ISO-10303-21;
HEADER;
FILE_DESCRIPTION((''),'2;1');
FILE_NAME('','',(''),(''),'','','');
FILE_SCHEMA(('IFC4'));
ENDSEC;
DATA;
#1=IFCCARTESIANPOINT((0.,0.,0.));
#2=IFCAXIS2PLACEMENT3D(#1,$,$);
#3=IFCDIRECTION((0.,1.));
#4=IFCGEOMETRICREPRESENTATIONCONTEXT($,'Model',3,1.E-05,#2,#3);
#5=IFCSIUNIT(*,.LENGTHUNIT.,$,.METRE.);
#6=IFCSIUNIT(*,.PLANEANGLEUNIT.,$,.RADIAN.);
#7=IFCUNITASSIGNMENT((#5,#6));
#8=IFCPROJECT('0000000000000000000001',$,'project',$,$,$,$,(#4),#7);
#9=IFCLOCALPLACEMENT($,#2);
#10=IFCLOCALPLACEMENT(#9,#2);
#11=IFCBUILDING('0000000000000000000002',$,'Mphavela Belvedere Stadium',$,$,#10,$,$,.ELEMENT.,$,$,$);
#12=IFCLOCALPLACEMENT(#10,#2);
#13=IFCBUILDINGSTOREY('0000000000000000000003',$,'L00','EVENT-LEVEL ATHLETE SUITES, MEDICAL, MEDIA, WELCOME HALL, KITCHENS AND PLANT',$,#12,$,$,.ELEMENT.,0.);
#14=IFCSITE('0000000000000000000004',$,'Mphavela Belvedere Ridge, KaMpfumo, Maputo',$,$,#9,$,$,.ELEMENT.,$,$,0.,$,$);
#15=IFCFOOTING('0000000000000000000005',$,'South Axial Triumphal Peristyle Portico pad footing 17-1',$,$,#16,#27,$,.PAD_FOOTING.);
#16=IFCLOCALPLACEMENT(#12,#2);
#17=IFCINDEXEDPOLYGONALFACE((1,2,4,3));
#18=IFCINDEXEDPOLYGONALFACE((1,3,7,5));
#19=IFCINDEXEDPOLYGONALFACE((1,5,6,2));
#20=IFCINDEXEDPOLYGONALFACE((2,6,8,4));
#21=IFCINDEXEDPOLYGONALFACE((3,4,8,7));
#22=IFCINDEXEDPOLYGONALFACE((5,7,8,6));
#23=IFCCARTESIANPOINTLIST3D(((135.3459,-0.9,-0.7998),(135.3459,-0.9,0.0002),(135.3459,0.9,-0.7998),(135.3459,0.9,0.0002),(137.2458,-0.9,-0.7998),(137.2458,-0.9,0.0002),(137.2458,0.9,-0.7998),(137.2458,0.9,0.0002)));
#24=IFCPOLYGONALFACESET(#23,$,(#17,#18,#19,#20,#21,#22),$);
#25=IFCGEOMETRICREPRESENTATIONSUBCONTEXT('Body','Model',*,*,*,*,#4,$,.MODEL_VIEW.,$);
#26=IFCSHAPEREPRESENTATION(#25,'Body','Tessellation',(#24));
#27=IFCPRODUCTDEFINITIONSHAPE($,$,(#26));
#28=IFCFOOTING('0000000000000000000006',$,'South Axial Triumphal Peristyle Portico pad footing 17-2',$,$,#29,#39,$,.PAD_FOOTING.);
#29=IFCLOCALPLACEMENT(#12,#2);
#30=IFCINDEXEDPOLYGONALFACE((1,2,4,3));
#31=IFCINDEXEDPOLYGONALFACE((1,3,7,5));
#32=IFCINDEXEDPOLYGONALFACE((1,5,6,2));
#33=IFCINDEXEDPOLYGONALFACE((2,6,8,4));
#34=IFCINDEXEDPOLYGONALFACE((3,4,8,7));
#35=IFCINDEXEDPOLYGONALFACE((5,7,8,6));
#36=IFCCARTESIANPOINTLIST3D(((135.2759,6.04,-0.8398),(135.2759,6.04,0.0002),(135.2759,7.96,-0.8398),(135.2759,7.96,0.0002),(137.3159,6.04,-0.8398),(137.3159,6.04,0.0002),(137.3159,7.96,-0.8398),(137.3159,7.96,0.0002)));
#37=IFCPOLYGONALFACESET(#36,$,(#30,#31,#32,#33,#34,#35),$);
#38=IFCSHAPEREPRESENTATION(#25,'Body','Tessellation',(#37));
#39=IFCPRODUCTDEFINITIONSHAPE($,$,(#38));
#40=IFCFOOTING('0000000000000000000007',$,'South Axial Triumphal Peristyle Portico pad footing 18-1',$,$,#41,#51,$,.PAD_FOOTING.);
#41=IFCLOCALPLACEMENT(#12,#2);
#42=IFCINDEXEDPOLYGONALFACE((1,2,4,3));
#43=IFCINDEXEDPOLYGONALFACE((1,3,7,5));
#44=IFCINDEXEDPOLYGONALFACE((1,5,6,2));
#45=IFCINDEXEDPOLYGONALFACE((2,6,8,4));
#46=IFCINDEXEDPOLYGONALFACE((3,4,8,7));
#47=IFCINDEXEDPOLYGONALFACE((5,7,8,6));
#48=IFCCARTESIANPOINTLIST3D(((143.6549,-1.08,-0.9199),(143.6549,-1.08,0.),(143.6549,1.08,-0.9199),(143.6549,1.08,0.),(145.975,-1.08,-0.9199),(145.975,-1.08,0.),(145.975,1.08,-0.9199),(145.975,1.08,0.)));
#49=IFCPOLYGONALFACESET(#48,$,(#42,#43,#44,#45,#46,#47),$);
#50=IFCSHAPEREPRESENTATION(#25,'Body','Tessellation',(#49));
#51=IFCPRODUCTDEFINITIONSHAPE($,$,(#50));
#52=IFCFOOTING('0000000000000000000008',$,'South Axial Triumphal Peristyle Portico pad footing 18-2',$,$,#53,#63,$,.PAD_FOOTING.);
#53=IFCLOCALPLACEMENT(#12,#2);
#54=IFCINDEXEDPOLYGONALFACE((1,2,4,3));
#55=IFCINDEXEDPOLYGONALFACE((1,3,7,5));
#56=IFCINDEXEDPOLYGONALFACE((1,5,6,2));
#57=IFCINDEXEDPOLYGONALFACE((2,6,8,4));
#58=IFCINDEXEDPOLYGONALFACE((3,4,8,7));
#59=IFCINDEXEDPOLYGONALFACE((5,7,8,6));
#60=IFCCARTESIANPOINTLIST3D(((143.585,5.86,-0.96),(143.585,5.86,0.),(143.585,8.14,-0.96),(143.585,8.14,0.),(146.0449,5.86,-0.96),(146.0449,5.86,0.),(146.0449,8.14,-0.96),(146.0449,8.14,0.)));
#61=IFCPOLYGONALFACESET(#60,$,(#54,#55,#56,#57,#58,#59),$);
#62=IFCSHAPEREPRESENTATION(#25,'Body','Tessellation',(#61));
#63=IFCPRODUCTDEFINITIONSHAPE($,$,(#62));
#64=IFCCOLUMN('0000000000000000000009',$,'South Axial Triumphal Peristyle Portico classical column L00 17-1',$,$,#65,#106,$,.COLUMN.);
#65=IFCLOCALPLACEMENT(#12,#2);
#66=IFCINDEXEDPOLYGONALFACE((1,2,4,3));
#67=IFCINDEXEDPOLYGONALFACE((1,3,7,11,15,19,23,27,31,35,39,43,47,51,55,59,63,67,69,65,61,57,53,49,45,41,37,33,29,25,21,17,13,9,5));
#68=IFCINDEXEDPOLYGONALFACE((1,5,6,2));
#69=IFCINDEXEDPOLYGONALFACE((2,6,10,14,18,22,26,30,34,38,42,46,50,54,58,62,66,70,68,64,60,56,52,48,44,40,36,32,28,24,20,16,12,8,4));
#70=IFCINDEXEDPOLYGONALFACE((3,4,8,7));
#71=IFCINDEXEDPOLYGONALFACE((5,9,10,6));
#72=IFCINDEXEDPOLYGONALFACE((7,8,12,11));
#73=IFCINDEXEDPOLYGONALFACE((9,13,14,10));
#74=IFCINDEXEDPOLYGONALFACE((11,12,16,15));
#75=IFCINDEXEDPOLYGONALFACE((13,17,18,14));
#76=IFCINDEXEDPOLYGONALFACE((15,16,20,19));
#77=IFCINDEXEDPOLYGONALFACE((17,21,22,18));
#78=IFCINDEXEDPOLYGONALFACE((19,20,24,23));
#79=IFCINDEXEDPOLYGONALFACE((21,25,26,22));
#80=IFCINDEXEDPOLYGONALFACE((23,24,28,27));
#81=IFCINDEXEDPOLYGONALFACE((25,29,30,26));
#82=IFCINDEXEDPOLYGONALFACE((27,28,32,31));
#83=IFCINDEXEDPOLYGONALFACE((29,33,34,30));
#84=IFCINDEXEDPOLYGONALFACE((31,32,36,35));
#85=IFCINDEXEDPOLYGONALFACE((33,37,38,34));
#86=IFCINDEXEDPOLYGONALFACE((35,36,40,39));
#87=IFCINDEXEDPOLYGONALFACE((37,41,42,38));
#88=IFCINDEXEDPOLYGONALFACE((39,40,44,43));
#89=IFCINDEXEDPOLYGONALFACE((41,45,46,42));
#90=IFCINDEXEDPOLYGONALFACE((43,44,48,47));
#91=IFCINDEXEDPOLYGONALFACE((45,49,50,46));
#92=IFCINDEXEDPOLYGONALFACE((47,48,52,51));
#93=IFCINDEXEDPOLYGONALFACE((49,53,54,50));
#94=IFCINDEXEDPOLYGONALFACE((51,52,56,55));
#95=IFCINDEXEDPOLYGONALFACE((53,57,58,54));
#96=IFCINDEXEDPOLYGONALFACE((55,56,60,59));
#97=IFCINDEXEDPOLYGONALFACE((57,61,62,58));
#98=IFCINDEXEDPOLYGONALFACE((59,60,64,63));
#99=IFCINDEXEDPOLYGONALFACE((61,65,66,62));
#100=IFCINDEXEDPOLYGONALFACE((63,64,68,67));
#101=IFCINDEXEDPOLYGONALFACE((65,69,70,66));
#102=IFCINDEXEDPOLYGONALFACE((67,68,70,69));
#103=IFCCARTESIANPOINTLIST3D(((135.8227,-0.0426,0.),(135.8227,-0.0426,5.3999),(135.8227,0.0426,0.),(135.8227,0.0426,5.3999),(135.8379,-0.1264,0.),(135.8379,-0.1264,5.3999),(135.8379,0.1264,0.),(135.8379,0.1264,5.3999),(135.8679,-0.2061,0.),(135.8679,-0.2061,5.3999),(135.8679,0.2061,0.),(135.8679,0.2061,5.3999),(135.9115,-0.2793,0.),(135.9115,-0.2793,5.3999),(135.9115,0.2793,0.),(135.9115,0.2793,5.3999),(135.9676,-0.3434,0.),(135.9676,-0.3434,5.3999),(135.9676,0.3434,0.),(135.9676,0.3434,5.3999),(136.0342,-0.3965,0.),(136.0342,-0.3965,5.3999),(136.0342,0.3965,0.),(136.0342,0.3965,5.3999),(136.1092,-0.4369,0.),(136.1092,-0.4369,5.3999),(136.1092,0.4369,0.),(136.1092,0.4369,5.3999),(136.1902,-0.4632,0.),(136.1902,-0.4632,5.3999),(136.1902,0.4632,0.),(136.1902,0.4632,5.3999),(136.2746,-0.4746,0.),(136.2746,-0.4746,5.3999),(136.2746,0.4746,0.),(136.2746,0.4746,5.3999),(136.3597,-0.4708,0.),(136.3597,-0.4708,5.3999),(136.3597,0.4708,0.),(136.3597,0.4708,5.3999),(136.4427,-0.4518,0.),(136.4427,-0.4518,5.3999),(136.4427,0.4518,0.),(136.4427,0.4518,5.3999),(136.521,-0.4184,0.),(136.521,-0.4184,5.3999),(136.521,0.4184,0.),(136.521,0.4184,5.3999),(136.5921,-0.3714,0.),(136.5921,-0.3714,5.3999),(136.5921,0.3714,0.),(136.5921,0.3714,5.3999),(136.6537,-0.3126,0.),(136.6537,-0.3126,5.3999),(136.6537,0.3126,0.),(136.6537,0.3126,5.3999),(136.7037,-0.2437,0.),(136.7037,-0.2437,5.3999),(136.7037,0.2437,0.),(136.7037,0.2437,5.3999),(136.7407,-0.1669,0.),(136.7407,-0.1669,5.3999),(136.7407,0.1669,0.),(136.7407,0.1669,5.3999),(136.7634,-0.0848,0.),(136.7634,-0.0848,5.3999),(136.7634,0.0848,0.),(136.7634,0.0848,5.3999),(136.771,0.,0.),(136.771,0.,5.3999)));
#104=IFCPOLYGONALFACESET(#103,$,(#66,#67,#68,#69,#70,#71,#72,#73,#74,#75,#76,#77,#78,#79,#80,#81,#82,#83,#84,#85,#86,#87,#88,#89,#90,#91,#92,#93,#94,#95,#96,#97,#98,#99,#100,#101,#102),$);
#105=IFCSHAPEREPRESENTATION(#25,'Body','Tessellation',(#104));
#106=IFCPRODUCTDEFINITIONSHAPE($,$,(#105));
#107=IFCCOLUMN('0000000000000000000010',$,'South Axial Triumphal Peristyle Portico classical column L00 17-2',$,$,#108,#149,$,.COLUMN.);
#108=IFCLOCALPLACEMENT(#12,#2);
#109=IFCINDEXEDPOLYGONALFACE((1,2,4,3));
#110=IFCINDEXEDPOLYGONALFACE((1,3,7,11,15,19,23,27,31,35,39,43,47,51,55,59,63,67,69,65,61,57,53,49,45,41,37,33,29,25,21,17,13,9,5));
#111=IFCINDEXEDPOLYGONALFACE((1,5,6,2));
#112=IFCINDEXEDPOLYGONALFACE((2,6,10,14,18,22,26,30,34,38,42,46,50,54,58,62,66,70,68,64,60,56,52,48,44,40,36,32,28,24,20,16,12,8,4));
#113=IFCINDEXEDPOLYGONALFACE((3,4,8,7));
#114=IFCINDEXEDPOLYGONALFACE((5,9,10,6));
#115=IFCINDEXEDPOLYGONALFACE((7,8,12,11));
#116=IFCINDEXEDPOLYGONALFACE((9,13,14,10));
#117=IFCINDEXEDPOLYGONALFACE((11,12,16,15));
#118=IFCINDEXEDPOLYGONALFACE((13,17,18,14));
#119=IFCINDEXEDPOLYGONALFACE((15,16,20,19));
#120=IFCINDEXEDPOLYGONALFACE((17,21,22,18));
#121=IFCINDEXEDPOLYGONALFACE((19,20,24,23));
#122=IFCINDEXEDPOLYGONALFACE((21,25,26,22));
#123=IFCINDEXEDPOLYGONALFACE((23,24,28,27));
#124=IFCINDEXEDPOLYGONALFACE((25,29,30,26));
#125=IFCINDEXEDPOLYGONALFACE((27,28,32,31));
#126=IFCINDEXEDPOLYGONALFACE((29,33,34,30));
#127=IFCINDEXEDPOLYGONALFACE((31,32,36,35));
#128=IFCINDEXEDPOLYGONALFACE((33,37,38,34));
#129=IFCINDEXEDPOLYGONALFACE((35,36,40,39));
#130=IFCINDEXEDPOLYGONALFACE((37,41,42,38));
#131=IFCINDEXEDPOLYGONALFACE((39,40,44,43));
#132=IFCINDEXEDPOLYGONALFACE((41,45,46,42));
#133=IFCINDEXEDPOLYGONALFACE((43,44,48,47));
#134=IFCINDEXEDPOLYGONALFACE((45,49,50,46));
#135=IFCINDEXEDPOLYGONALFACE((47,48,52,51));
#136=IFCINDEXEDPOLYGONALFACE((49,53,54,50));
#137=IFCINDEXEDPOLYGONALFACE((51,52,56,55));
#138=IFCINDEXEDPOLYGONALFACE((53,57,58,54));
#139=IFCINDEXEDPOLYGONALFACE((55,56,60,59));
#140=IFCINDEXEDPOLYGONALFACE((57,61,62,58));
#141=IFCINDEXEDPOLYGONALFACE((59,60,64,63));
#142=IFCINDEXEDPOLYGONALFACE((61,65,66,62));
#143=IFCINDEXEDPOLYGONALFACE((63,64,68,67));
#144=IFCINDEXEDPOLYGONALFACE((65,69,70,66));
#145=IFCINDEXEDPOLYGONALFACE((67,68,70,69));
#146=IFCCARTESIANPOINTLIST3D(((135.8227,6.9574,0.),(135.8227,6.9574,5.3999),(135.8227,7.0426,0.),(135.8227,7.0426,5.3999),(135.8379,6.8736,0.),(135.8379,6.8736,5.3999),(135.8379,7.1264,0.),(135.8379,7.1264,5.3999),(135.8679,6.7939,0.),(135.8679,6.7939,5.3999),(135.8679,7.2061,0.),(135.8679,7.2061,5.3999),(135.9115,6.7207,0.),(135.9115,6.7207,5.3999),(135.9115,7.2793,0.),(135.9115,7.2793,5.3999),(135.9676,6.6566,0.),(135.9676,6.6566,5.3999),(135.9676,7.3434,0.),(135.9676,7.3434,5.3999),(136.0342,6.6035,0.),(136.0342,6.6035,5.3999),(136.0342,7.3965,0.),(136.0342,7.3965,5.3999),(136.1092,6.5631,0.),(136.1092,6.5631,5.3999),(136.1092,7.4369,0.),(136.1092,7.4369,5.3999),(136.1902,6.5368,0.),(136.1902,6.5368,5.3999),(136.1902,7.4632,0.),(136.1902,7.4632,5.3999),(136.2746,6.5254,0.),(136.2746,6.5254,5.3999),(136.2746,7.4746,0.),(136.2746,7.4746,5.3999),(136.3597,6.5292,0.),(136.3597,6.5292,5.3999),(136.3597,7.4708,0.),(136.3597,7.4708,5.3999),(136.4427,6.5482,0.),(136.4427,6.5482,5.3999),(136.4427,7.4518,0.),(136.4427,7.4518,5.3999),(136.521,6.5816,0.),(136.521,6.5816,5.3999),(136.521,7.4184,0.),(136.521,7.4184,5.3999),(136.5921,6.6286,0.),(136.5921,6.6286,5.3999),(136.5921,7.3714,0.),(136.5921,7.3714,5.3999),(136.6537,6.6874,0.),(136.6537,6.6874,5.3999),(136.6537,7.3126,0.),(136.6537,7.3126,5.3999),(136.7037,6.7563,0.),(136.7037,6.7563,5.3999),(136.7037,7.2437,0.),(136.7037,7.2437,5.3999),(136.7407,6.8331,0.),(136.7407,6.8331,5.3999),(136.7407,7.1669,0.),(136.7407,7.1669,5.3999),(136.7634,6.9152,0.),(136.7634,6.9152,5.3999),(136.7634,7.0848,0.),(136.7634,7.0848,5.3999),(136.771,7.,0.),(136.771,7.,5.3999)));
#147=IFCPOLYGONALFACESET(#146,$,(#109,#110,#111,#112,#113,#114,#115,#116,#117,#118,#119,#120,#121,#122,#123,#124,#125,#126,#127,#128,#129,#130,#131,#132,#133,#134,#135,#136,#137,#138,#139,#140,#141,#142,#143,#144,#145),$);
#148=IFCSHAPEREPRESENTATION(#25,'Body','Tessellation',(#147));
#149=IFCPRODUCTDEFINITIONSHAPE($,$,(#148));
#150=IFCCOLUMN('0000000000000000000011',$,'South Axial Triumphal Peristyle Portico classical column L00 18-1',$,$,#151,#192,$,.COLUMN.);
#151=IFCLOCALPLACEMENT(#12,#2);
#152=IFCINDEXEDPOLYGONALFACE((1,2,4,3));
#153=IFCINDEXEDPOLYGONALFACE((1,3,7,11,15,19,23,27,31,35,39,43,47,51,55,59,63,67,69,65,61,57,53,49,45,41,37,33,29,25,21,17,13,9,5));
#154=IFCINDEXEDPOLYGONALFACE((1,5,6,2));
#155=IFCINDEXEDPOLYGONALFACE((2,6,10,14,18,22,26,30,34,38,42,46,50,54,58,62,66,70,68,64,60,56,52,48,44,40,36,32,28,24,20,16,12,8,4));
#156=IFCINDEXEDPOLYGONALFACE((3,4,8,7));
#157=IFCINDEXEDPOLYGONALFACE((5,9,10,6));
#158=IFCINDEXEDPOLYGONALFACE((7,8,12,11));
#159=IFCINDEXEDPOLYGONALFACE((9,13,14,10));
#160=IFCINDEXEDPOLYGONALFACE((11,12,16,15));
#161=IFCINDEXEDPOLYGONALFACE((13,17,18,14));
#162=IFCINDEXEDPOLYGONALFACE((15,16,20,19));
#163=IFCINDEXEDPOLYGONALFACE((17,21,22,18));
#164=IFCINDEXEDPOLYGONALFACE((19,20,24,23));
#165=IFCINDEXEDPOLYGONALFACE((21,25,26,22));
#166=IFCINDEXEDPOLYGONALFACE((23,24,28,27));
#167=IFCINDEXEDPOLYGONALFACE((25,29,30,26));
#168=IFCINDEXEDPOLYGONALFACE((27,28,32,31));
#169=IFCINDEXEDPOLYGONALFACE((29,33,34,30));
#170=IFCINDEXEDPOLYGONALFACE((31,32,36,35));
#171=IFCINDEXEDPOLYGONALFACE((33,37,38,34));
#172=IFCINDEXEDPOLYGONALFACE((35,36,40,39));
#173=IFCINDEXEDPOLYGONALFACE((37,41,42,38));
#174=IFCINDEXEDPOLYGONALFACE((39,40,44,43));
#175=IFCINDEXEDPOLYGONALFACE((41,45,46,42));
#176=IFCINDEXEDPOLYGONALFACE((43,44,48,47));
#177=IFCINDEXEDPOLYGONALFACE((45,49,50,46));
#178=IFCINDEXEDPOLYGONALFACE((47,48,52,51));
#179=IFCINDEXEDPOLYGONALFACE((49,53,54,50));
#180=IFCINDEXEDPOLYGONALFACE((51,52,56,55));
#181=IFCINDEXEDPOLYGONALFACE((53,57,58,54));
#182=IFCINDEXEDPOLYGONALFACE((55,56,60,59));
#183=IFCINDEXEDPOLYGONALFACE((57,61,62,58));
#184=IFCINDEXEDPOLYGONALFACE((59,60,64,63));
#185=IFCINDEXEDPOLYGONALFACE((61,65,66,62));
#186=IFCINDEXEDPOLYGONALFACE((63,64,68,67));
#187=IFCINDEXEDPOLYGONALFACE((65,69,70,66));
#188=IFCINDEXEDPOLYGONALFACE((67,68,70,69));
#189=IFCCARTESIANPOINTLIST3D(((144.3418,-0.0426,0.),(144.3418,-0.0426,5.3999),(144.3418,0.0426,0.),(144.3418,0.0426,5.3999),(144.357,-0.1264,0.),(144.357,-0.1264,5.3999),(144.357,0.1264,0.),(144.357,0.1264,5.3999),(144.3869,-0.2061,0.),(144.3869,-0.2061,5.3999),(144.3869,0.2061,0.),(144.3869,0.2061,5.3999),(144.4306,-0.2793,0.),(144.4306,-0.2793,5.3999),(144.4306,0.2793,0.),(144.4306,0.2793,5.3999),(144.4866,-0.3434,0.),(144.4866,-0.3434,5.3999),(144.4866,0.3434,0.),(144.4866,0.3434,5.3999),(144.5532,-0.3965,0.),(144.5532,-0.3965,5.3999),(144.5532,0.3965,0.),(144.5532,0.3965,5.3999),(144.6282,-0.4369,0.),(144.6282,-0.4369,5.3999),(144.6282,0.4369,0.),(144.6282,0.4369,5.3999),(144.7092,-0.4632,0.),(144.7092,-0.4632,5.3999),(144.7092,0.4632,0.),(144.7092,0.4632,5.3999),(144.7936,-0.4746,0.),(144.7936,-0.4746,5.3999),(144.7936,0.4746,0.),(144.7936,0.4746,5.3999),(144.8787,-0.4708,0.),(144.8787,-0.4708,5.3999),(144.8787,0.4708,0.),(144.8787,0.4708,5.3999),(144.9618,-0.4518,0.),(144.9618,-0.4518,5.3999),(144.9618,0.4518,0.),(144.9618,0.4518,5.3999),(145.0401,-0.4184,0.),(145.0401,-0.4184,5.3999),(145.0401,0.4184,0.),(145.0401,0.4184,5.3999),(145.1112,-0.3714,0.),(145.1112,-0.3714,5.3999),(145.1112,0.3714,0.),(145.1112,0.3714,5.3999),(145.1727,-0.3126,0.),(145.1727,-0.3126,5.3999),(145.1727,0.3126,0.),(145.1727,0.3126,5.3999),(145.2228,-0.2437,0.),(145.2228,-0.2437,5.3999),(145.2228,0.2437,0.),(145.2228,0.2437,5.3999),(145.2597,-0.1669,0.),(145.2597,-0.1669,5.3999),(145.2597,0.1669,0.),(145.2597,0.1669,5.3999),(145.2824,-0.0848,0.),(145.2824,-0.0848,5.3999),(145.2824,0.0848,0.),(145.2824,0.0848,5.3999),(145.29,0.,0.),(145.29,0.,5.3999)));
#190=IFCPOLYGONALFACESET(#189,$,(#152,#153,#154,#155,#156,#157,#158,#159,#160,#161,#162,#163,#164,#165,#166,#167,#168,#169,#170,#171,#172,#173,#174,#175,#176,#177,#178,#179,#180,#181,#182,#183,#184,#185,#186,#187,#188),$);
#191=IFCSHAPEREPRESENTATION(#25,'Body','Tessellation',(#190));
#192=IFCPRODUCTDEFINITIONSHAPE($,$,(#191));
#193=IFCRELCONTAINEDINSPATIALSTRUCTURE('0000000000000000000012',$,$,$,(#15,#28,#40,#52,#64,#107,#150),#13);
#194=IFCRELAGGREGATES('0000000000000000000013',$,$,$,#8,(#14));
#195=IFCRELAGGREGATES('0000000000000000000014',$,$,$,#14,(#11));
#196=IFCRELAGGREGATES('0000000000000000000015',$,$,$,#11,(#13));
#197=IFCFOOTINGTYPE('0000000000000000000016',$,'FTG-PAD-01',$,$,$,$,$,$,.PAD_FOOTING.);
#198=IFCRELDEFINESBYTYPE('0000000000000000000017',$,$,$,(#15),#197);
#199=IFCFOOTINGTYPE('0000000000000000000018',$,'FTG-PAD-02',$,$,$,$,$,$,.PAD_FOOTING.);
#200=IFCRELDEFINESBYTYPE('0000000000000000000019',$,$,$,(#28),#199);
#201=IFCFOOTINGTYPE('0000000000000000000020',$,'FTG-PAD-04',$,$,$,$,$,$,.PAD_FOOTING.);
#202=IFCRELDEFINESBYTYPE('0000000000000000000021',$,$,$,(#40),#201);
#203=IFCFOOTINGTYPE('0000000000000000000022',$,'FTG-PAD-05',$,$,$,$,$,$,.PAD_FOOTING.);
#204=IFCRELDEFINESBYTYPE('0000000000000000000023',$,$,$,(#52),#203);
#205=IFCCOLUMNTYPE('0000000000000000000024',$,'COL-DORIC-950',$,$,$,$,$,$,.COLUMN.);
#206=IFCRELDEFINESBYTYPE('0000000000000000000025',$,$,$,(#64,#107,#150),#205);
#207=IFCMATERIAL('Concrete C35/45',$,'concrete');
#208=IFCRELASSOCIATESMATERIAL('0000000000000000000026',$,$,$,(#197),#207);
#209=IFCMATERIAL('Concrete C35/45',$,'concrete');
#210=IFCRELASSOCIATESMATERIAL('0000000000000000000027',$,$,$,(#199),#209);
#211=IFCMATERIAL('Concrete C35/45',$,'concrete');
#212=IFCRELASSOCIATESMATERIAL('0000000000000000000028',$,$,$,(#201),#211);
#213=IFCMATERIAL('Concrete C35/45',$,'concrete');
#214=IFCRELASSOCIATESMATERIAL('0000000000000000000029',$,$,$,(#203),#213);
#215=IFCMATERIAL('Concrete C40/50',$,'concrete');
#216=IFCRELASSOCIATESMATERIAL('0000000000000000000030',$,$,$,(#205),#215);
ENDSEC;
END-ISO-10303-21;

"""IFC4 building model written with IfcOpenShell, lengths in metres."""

from ifc_helpers import new_model, si_unit, direction, frame, origin, origin_2d, place, context, subcontext, project, spatial, rectangle, circle, extrude, material, material_profile, profile_set, type_object, element, save


model = new_model("IFC4")

# Units and contexts
model_context = context("Model", 3, precision=1e-05, world=origin(), true_north=direction((0.0, 1.0)))
body_context = subcontext(model_context, "Body", "Model", "MODEL_VIEW")
ifc_project = project(units=[si_unit("LENGTHUNIT", "METRE"), si_unit("PLANEANGLEUNIT", "RADIAN")], contexts=[model_context])

# Site, building, storey
site_placement = place(None, origin())
site = spatial("IfcSite", under=ifc_project, at=site_placement, Name="Mphavela Belvedere Ridge, KaMpfumo, Maputo", CompositionType="ELEMENT", RefElevation=0.0)
building_placement = place(site_placement, origin())
building = spatial("IfcBuilding", under=site, at=building_placement, Name="Mphavela Belvedere Stadium", CompositionType="ELEMENT")
storey_placement = place(building_placement, origin())
storey = spatial("IfcBuildingStorey", under=building, at=storey_placement, Name="L00", Description="EVENT-LEVEL ATHLETE SUITES, MEDICAL, MEDIA, WELCOME HALL, KITCHENS AND PLANT", CompositionType="ELEMENT", Elevation=0.0)

# Footings
ifc_material_1 = material(Name="Concrete C35/45", Category="concrete")
footing_type_1 = type_object("IfcFootingType", Name="FTG-PAD-01", PredefinedType="PAD_FOOTING", material=ifc_material_1)
footing_1_placement = place(storey_placement, frame((136.2959, 0.0, -0.7998), z_axis=(0.0, 0.0, 1.0), x_axis=(1.0, 0.0, 0.0)))
element("IfcFooting", 1, at=footing_1_placement, inside=storey, type_object=footing_type_1, Name="South Axial Triumphal Peristyle Portico pad footing 17-1", PredefinedType="PAD_FOOTING", context=body_context, shape_type="SweptSolid", body=[
    extrude(rectangle(XDim=1.8999, YDim=1.8, at=origin_2d()), origin(), (0.0, 0.0, 1.0), 0.8),
])
ifc_material_2 = material(Name="Concrete C35/45", Category="concrete")
footing_type_2 = type_object("IfcFootingType", Name="FTG-PAD-02", PredefinedType="PAD_FOOTING", material=ifc_material_2)
footing_2_placement = place(storey_placement, frame((136.2959, 7.0, -0.8398), z_axis=(0.0, 0.0, 1.0), x_axis=(1.0, 0.0, 0.0)))
element("IfcFooting", 2, at=footing_2_placement, inside=storey, type_object=footing_type_2, Name="South Axial Triumphal Peristyle Portico pad footing 17-2", PredefinedType="PAD_FOOTING", context=body_context, shape_type="SweptSolid", body=[
    extrude(rectangle(XDim=2.04, YDim=1.9199, at=origin_2d()), origin(), (0.0, 0.0, 1.0), 0.8401),
])
ifc_material_3 = material(Name="Concrete C35/45", Category="concrete")
footing_type_3 = type_object("IfcFootingType", Name="FTG-PAD-04", PredefinedType="PAD_FOOTING", material=ifc_material_3)
footing_3_placement = place(storey_placement, frame((144.8149, 0.0, -0.9199), z_axis=(0.0, 0.0, 1.0), x_axis=(1.0, 0.0, 0.0)))
element("IfcFooting", 3, at=footing_3_placement, inside=storey, type_object=footing_type_3, Name="South Axial Triumphal Peristyle Portico pad footing 18-1", PredefinedType="PAD_FOOTING", context=body_context, shape_type="SweptSolid", body=[
    extrude(rectangle(XDim=2.3201, YDim=2.1599, at=origin_2d()), origin(), (0.0, 0.0, 1.0), 0.9199),
])
ifc_material_4 = material(Name="Concrete C35/45", Category="concrete")
footing_type_4 = type_object("IfcFootingType", Name="FTG-PAD-05", PredefinedType="PAD_FOOTING", material=ifc_material_4)
footing_4_placement = place(storey_placement, frame((144.8149, 7.0, -0.96), z_axis=(0.0, 0.0, 1.0), x_axis=(1.0, 0.0, 0.0)))
element("IfcFooting", 4, at=footing_4_placement, inside=storey, type_object=footing_type_4, Name="South Axial Triumphal Peristyle Portico pad footing 18-2", PredefinedType="PAD_FOOTING", context=body_context, shape_type="SweptSolid", body=[
    extrude(rectangle(XDim=2.46, YDim=2.28, at=origin_2d()), origin(), (0.0, 0.0, 1.0), 0.96),
])

# Columns
ifc_material_5 = material(Name="Concrete C40/50", Category="concrete")
ifc_material_profile_1 = material_profile(ifc_material_5, circle(Radius=0.4751, at=origin_2d()), Name="COL D950")
ifc_profile_set_1 = profile_set([ifc_material_profile_1], Name="Concrete C40/50")
column_type = type_object("IfcColumnType", Name="COL-DORIC-950", PredefinedType="COLUMN", material=ifc_profile_set_1)
for number, where, z_axis, x_axis, name in (
    (5, (136.2959, 0.0, 0.0), (0.0, 0.0, 1.0), (1.0, 0.0, 0.0), "South Axial Triumphal Peristyle Portico classical column L00 17-1"),
    (6, (136.2959, 7.0, 0.0), (0.0, 0.0, 1.0), (1.0, 0.0, 0.0), "South Axial Triumphal Peristyle Portico classical column L00 17-2"),
    (7, (144.8149, 0.0, 0.0), (0.0, 0.0, 1.0), (1.0, 0.0, 0.0), "South Axial Triumphal Peristyle Portico classical column L00 18-1"),
):
    element("IfcColumn", number, at=place(storey_placement, frame(where, z_axis=z_axis, x_axis=x_axis)), inside=storey, type_object=column_type, Name=name, PredefinedType="COLUMN", context=body_context, shape_type="SweptSolid", body=[
        extrude(circle(Radius=0.4751, at=origin_2d()), origin(), (0.0, 0.0, 1.0), 5.3999),
    ])

save(model, "model.ifc")
